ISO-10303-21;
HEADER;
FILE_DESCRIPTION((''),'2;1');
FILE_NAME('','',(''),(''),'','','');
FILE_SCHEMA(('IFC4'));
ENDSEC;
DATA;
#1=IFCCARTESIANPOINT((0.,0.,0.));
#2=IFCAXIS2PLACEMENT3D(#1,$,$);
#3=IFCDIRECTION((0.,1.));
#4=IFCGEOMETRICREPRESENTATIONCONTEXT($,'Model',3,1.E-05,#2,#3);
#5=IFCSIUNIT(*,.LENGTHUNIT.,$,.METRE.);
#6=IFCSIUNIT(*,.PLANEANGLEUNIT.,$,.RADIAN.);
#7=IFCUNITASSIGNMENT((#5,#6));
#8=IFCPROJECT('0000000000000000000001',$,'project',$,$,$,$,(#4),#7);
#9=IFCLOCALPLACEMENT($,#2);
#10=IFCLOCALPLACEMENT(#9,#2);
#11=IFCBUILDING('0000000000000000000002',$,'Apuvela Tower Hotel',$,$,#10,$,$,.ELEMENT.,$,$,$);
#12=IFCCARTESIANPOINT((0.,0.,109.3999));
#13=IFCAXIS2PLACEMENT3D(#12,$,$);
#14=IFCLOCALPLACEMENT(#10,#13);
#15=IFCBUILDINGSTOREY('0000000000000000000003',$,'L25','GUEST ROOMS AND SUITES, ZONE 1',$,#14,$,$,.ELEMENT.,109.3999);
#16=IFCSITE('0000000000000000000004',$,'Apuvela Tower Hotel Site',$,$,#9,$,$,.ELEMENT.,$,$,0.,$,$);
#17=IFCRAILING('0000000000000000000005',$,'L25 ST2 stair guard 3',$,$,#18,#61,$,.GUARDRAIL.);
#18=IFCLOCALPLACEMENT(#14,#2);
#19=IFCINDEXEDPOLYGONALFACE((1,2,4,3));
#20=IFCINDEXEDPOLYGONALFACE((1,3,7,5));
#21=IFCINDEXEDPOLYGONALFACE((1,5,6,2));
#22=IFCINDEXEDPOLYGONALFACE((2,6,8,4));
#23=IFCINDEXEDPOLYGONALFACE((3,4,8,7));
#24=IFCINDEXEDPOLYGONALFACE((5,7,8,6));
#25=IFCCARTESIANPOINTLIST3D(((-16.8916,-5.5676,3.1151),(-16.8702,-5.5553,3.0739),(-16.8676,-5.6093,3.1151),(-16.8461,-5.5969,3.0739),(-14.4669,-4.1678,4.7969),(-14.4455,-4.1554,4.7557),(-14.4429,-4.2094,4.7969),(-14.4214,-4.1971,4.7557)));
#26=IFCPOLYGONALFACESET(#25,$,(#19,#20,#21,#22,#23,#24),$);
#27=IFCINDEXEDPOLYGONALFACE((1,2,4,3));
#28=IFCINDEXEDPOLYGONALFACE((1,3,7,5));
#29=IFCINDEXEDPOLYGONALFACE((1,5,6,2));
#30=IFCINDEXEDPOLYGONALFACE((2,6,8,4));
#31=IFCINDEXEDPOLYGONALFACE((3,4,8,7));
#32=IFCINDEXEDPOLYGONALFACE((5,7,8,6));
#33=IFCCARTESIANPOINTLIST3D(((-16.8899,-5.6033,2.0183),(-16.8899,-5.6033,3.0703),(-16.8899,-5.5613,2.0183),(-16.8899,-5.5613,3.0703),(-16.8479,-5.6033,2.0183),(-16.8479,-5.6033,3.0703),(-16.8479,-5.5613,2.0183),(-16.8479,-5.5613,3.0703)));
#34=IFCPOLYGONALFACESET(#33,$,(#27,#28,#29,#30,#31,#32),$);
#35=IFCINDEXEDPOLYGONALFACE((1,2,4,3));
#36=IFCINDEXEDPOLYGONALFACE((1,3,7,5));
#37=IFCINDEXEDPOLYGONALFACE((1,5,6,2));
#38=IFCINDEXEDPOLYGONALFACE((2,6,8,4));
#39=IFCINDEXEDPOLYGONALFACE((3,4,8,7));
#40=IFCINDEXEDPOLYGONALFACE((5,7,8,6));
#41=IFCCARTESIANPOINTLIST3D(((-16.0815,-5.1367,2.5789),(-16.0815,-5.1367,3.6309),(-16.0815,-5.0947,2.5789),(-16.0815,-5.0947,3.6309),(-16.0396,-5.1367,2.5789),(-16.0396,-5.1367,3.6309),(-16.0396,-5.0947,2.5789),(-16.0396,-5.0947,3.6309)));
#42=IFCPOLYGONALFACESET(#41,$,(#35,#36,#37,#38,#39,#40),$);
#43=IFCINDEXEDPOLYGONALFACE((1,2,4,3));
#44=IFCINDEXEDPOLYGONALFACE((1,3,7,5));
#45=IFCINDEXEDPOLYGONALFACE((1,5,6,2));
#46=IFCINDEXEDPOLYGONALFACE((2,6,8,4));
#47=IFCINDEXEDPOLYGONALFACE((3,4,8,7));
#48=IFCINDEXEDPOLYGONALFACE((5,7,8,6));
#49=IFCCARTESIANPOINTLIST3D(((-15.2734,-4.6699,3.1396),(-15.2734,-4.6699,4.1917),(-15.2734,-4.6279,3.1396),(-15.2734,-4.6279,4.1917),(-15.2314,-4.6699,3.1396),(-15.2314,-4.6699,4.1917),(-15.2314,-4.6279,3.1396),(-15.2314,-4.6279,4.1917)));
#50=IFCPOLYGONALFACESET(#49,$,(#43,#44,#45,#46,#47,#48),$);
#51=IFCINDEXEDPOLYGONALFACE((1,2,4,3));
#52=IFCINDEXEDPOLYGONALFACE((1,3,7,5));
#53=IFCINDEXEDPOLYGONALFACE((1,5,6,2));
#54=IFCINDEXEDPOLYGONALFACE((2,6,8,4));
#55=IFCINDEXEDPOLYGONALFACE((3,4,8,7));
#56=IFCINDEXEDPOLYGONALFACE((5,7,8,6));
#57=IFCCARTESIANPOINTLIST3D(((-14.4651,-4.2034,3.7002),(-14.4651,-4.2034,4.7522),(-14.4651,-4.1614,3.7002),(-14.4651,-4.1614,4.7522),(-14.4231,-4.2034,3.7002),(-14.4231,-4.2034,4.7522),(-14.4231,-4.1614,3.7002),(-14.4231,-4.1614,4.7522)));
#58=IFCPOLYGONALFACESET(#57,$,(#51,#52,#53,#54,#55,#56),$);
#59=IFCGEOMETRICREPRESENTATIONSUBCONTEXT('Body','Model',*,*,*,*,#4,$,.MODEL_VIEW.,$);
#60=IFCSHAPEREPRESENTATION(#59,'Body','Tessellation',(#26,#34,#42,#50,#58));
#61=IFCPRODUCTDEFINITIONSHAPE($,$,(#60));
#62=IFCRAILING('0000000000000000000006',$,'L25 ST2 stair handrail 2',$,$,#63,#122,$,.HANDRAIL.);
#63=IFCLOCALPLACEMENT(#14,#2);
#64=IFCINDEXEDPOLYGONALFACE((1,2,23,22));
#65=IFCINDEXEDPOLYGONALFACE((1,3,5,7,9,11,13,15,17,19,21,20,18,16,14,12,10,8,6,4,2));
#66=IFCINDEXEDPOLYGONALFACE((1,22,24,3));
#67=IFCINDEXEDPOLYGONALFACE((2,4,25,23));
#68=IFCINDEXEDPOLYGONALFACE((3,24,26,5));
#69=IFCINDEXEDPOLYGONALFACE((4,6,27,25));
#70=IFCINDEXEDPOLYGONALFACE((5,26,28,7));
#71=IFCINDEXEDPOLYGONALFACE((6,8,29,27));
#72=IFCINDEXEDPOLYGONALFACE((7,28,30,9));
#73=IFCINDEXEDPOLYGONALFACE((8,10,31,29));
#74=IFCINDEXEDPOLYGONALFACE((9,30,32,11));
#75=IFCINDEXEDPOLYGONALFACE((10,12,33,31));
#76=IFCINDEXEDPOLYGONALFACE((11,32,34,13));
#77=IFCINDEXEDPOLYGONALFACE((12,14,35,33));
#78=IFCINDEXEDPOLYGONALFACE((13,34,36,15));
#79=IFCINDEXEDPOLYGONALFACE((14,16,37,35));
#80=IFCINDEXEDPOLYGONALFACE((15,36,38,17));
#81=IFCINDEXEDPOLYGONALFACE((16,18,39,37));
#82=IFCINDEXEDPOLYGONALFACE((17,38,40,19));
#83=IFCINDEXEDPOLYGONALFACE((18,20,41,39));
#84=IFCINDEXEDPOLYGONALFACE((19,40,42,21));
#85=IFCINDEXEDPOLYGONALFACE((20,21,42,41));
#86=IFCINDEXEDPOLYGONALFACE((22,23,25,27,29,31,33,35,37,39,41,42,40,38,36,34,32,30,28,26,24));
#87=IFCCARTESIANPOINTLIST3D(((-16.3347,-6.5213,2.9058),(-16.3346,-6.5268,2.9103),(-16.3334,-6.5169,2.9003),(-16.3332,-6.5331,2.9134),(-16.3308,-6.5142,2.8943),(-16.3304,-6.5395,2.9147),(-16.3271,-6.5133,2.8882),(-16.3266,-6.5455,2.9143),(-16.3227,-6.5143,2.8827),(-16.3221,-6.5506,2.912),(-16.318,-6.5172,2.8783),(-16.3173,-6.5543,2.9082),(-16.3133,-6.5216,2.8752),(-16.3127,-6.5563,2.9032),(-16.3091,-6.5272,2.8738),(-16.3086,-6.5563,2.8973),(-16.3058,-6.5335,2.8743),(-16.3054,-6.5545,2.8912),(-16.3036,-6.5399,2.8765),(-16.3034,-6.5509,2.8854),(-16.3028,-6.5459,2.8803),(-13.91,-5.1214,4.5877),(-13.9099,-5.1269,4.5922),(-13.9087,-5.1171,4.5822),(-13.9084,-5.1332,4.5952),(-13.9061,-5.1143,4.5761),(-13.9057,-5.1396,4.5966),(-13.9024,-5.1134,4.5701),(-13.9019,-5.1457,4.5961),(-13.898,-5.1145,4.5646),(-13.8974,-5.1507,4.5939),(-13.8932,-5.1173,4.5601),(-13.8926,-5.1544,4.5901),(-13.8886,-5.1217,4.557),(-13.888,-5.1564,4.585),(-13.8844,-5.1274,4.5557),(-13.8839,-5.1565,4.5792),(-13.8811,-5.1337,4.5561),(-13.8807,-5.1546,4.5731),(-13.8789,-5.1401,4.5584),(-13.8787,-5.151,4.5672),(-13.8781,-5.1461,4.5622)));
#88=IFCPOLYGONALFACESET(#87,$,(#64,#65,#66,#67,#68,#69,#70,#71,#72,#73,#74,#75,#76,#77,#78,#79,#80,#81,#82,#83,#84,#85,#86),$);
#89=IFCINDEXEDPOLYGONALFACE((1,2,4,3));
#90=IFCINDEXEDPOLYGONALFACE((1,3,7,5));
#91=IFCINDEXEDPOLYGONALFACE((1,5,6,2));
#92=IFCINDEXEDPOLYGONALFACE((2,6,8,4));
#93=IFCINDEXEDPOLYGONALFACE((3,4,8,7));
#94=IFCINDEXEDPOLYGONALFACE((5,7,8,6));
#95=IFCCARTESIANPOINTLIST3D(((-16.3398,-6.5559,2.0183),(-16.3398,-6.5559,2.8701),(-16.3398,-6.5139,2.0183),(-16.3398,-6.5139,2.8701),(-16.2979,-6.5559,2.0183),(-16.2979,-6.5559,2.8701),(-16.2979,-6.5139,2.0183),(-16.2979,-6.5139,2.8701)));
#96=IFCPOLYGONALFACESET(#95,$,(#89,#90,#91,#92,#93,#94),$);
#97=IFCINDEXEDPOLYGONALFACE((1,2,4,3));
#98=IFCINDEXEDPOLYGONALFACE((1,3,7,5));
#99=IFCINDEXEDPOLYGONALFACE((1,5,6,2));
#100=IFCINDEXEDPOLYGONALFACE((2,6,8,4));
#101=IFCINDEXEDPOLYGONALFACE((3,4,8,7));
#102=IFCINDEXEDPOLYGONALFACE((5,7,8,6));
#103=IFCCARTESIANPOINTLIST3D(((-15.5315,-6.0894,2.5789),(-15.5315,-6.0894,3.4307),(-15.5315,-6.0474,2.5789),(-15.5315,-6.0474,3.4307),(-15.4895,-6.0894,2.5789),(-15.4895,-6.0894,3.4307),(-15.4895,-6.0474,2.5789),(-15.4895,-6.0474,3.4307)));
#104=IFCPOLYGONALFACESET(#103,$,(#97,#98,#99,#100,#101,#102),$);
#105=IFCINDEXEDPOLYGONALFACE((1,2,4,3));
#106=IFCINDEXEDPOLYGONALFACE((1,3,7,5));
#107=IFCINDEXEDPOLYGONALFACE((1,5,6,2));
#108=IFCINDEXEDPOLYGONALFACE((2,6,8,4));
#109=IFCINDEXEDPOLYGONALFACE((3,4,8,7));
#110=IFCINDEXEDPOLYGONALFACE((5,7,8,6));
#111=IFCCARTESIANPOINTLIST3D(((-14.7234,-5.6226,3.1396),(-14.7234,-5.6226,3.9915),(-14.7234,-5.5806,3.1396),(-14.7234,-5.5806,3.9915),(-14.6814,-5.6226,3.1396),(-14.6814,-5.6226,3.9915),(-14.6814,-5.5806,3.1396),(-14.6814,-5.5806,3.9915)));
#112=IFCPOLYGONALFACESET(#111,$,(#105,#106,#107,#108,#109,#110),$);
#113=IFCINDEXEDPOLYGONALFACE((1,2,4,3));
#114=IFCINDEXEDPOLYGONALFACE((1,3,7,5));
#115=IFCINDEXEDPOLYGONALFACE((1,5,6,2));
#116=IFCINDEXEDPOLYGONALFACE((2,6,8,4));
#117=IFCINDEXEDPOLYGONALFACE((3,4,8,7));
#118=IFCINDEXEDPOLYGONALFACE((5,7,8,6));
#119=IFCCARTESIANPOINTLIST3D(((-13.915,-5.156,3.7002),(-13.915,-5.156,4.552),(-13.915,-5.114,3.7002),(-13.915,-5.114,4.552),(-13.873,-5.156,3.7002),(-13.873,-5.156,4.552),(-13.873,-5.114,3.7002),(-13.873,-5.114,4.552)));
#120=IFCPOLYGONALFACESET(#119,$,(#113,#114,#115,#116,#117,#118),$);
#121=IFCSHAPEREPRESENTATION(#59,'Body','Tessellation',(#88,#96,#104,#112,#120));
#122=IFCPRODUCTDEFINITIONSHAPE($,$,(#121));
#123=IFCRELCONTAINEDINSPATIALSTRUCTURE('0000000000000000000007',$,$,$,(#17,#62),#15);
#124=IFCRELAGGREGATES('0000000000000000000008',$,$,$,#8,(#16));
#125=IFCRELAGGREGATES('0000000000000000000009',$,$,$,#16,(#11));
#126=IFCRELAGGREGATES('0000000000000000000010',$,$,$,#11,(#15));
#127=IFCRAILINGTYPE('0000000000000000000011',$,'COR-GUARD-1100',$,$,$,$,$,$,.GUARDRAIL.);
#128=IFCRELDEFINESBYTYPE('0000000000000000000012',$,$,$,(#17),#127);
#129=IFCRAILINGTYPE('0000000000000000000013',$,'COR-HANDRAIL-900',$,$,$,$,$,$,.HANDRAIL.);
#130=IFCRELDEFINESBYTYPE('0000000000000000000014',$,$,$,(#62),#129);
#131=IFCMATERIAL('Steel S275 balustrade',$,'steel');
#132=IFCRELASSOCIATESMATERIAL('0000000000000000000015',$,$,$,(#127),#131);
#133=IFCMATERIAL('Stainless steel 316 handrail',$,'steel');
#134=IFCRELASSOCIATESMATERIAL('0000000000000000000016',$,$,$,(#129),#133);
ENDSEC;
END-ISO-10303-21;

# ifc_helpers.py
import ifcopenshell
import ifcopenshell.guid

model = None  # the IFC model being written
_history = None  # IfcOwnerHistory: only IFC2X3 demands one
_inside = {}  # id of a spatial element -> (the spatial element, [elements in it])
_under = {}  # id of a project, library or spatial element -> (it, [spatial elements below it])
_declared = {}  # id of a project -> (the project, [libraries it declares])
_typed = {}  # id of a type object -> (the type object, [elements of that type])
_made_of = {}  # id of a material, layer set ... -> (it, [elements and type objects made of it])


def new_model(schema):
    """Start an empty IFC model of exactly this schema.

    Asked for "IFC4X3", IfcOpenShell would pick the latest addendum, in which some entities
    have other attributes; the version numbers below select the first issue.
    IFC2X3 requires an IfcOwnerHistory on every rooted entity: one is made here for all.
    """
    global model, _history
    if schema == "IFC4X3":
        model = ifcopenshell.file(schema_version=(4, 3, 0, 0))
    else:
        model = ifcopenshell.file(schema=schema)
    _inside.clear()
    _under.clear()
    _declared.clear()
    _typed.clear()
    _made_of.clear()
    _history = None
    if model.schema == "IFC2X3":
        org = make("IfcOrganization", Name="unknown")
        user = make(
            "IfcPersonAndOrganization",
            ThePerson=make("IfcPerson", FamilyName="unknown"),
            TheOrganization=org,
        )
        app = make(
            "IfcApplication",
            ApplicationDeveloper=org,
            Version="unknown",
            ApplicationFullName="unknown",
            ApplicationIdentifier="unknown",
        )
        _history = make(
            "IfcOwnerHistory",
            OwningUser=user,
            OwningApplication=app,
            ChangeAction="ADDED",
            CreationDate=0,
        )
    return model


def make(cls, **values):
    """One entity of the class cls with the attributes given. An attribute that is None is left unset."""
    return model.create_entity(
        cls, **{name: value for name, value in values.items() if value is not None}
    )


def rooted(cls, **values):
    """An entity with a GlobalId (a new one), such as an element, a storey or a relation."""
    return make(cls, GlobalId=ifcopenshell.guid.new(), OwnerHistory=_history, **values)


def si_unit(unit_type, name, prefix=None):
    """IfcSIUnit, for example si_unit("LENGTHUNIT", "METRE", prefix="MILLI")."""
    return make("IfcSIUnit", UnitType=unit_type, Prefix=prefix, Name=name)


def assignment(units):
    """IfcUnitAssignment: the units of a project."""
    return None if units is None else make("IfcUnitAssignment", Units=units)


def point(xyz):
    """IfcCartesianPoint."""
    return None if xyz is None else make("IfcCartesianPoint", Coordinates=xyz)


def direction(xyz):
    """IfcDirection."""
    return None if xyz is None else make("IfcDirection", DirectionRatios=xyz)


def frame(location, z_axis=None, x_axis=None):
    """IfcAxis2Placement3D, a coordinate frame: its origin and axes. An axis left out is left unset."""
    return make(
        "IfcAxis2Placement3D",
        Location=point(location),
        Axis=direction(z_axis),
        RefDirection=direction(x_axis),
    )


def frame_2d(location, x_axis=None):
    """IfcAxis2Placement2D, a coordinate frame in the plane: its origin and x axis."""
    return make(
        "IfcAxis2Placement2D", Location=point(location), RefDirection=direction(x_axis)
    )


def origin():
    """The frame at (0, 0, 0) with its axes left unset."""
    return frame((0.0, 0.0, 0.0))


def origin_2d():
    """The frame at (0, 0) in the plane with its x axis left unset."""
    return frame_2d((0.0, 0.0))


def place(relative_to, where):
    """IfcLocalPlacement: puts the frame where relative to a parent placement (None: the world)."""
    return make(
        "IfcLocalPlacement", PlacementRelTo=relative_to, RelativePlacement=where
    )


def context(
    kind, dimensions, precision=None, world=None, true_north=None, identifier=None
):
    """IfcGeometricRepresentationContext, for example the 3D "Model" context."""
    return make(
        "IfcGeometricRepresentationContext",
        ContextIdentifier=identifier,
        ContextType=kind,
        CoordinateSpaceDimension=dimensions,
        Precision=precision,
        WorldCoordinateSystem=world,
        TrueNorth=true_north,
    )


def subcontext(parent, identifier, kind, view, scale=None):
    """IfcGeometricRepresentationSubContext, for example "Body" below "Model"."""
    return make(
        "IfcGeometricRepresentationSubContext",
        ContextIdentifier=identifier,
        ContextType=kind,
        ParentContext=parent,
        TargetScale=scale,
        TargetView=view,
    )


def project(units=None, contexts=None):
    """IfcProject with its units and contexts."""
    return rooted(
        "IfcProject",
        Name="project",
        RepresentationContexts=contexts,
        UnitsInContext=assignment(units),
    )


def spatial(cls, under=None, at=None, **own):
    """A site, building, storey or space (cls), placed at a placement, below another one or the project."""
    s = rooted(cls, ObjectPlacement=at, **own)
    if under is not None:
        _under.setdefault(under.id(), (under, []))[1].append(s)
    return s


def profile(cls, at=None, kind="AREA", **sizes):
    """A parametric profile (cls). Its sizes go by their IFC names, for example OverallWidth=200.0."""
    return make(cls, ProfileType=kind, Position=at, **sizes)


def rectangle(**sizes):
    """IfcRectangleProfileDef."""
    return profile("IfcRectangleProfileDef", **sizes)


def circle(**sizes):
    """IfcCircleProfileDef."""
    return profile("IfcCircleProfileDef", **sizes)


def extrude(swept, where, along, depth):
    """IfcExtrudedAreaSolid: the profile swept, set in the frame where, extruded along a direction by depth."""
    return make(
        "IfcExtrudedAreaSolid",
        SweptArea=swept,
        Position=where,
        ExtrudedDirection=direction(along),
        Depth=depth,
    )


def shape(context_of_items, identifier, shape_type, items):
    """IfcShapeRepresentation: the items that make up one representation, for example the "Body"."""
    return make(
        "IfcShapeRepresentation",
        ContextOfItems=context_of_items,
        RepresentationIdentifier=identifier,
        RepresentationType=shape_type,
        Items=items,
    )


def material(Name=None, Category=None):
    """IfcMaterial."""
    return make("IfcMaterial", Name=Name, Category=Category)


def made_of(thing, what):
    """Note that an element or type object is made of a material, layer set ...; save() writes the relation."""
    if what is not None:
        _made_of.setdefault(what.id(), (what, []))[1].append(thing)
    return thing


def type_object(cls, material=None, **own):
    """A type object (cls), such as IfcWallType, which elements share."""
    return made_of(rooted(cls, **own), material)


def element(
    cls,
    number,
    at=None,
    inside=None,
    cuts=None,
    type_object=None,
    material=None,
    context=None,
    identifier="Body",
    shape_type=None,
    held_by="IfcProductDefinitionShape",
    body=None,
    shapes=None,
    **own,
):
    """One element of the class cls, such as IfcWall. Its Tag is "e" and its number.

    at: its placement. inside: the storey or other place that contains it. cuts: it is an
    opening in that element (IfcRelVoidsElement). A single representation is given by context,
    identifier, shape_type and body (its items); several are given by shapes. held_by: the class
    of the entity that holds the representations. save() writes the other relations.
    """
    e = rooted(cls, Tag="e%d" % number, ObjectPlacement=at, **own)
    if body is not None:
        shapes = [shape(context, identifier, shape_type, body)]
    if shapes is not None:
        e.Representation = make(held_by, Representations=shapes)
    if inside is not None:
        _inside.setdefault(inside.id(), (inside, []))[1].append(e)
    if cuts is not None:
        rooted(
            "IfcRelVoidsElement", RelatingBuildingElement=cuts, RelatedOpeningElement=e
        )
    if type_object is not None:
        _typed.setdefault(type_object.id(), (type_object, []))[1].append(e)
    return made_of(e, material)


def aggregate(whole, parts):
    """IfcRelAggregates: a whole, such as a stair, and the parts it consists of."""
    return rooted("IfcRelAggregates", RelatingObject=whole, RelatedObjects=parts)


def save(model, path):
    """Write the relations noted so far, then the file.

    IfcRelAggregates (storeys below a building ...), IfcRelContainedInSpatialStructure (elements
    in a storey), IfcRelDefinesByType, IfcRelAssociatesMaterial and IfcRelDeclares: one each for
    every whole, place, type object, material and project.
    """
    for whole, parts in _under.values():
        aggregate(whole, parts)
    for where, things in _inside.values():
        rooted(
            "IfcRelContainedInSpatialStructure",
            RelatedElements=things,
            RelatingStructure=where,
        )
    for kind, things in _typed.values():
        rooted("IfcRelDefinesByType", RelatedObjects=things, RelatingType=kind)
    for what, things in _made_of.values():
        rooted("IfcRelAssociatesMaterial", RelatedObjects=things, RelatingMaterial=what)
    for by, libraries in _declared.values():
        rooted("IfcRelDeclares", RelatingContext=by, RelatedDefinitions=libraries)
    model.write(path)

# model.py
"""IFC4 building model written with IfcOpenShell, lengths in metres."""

from ifc_helpers import new_model, si_unit, direction, frame, origin, origin_2d, place, context, subcontext, project, spatial, rectangle, circle, extrude, material, type_object, element, save


model = new_model("IFC4")

# Units and contexts
model_context = context("Model", 3, precision=1e-05, world=origin(), true_north=direction((0.0, 1.0)))
body_context = subcontext(model_context, "Body", "Model", "MODEL_VIEW")
ifc_project = project(units=[si_unit("LENGTHUNIT", "METRE"), si_unit("PLANEANGLEUNIT", "RADIAN")], contexts=[model_context])

# Site, building, storey
site_placement = place(None, origin())
site = spatial("IfcSite", under=ifc_project, at=site_placement, Name="Apuvela Tower Hotel Site", CompositionType="ELEMENT", RefElevation=0.0)
building_placement = place(site_placement, origin())
building = spatial("IfcBuilding", under=site, at=building_placement, Name="Apuvela Tower Hotel", CompositionType="ELEMENT")
storey_placement = place(building_placement, frame((0.0, 0.0, 109.3999)))
storey = spatial("IfcBuildingStorey", under=building, at=storey_placement, Name="L25", Description="GUEST ROOMS AND SUITES, ZONE 1", CompositionType="ELEMENT", Elevation=109.3999)

# Railings
ifc_material_1 = material(Name="Steel S275 balustrade", Category="steel")
railing_type_1 = type_object("IfcRailingType", Name="COR-GUARD-1100", PredefinedType="GUARDRAIL", material=ifc_material_1)
railing_1_placement = place(storey_placement, frame((-16.8689, -5.5823, 2.0183)))
element("IfcRailing", 1, at=railing_1_placement, inside=storey, type_object=railing_type_1, Name="L25 ST2 stair guard 3", PredefinedType="GUARDRAIL", context=body_context, shape_type="SweptSolid", body=[
    extrude(rectangle(XDim=0.0481, YDim=0.0481, at=origin_2d()), frame((0.0, 0.0, 1.0762), z_axis=(0.74239, 0.428601, 0.514934), x_axis=(-0.499984, 0.866035, 0.0)), (0.0, 0.0, 1.0), 3.2661),
    extrude(rectangle(XDim=0.042, YDim=0.042, at=origin_2d()), origin(), (0.0, 0.0, 1.0), 1.052),
    extrude(rectangle(XDim=0.042, YDim=0.042, at=origin_2d()), frame((0.8083, 0.4666, 0.5605)), (0.0, 0.0, 1.0), 1.052),
    extrude(rectangle(XDim=0.042, YDim=0.042, at=origin_2d()), frame((1.6165, 0.9333, 1.1213)), (0.0, 0.0, 1.0), 1.052),
    extrude(rectangle(XDim=0.042, YDim=0.042, at=origin_2d()), frame((2.4248, 1.3999, 1.6819)), (0.0, 0.0, 1.0), 1.052),
])
ifc_material_2 = material(Name="Stainless steel 316 handrail", Category="steel")
railing_type_2 = type_object("IfcRailingType", Name="COR-HANDRAIL-900", PredefinedType="HANDRAIL", material=ifc_material_2)
railing_2_placement = place(storey_placement, frame((-16.3188, -6.5349, 2.0183)))
element("IfcRailing", 2, at=railing_2_placement, inside=storey, type_object=railing_type_2, Name="L25 ST2 stair handrail 2", PredefinedType="HANDRAIL", context=body_context, shape_type="SweptSolid", body=[
    extrude(circle(Radius=0.0239, at=origin_2d()), frame((0.0, 0.0, 0.876), z_axis=(0.74239, 0.428601, 0.514934), x_axis=(-0.499984, 0.866035, 0.0)), (0.0, 0.0, 1.0), 3.2661),
    extrude(rectangle(XDim=0.042, YDim=0.042, at=origin_2d()), origin(), (0.0, 0.0, 1.0), 0.8518),
    extrude(rectangle(XDim=0.042, YDim=0.042, at=origin_2d()), frame((0.8083, 0.4666, 0.5605)), (0.0, 0.0, 1.0), 0.8518),
    extrude(rectangle(XDim=0.042, YDim=0.042, at=origin_2d()), frame((1.6165, 0.9333, 1.1213)), (0.0, 0.0, 1.0), 0.8518),
    extrude(rectangle(XDim=0.042, YDim=0.042, at=origin_2d()), frame((2.4248, 1.3999, 1.6819)), (0.0, 0.0, 1.0), 0.8518),
])

save(model, "model.ifc")
